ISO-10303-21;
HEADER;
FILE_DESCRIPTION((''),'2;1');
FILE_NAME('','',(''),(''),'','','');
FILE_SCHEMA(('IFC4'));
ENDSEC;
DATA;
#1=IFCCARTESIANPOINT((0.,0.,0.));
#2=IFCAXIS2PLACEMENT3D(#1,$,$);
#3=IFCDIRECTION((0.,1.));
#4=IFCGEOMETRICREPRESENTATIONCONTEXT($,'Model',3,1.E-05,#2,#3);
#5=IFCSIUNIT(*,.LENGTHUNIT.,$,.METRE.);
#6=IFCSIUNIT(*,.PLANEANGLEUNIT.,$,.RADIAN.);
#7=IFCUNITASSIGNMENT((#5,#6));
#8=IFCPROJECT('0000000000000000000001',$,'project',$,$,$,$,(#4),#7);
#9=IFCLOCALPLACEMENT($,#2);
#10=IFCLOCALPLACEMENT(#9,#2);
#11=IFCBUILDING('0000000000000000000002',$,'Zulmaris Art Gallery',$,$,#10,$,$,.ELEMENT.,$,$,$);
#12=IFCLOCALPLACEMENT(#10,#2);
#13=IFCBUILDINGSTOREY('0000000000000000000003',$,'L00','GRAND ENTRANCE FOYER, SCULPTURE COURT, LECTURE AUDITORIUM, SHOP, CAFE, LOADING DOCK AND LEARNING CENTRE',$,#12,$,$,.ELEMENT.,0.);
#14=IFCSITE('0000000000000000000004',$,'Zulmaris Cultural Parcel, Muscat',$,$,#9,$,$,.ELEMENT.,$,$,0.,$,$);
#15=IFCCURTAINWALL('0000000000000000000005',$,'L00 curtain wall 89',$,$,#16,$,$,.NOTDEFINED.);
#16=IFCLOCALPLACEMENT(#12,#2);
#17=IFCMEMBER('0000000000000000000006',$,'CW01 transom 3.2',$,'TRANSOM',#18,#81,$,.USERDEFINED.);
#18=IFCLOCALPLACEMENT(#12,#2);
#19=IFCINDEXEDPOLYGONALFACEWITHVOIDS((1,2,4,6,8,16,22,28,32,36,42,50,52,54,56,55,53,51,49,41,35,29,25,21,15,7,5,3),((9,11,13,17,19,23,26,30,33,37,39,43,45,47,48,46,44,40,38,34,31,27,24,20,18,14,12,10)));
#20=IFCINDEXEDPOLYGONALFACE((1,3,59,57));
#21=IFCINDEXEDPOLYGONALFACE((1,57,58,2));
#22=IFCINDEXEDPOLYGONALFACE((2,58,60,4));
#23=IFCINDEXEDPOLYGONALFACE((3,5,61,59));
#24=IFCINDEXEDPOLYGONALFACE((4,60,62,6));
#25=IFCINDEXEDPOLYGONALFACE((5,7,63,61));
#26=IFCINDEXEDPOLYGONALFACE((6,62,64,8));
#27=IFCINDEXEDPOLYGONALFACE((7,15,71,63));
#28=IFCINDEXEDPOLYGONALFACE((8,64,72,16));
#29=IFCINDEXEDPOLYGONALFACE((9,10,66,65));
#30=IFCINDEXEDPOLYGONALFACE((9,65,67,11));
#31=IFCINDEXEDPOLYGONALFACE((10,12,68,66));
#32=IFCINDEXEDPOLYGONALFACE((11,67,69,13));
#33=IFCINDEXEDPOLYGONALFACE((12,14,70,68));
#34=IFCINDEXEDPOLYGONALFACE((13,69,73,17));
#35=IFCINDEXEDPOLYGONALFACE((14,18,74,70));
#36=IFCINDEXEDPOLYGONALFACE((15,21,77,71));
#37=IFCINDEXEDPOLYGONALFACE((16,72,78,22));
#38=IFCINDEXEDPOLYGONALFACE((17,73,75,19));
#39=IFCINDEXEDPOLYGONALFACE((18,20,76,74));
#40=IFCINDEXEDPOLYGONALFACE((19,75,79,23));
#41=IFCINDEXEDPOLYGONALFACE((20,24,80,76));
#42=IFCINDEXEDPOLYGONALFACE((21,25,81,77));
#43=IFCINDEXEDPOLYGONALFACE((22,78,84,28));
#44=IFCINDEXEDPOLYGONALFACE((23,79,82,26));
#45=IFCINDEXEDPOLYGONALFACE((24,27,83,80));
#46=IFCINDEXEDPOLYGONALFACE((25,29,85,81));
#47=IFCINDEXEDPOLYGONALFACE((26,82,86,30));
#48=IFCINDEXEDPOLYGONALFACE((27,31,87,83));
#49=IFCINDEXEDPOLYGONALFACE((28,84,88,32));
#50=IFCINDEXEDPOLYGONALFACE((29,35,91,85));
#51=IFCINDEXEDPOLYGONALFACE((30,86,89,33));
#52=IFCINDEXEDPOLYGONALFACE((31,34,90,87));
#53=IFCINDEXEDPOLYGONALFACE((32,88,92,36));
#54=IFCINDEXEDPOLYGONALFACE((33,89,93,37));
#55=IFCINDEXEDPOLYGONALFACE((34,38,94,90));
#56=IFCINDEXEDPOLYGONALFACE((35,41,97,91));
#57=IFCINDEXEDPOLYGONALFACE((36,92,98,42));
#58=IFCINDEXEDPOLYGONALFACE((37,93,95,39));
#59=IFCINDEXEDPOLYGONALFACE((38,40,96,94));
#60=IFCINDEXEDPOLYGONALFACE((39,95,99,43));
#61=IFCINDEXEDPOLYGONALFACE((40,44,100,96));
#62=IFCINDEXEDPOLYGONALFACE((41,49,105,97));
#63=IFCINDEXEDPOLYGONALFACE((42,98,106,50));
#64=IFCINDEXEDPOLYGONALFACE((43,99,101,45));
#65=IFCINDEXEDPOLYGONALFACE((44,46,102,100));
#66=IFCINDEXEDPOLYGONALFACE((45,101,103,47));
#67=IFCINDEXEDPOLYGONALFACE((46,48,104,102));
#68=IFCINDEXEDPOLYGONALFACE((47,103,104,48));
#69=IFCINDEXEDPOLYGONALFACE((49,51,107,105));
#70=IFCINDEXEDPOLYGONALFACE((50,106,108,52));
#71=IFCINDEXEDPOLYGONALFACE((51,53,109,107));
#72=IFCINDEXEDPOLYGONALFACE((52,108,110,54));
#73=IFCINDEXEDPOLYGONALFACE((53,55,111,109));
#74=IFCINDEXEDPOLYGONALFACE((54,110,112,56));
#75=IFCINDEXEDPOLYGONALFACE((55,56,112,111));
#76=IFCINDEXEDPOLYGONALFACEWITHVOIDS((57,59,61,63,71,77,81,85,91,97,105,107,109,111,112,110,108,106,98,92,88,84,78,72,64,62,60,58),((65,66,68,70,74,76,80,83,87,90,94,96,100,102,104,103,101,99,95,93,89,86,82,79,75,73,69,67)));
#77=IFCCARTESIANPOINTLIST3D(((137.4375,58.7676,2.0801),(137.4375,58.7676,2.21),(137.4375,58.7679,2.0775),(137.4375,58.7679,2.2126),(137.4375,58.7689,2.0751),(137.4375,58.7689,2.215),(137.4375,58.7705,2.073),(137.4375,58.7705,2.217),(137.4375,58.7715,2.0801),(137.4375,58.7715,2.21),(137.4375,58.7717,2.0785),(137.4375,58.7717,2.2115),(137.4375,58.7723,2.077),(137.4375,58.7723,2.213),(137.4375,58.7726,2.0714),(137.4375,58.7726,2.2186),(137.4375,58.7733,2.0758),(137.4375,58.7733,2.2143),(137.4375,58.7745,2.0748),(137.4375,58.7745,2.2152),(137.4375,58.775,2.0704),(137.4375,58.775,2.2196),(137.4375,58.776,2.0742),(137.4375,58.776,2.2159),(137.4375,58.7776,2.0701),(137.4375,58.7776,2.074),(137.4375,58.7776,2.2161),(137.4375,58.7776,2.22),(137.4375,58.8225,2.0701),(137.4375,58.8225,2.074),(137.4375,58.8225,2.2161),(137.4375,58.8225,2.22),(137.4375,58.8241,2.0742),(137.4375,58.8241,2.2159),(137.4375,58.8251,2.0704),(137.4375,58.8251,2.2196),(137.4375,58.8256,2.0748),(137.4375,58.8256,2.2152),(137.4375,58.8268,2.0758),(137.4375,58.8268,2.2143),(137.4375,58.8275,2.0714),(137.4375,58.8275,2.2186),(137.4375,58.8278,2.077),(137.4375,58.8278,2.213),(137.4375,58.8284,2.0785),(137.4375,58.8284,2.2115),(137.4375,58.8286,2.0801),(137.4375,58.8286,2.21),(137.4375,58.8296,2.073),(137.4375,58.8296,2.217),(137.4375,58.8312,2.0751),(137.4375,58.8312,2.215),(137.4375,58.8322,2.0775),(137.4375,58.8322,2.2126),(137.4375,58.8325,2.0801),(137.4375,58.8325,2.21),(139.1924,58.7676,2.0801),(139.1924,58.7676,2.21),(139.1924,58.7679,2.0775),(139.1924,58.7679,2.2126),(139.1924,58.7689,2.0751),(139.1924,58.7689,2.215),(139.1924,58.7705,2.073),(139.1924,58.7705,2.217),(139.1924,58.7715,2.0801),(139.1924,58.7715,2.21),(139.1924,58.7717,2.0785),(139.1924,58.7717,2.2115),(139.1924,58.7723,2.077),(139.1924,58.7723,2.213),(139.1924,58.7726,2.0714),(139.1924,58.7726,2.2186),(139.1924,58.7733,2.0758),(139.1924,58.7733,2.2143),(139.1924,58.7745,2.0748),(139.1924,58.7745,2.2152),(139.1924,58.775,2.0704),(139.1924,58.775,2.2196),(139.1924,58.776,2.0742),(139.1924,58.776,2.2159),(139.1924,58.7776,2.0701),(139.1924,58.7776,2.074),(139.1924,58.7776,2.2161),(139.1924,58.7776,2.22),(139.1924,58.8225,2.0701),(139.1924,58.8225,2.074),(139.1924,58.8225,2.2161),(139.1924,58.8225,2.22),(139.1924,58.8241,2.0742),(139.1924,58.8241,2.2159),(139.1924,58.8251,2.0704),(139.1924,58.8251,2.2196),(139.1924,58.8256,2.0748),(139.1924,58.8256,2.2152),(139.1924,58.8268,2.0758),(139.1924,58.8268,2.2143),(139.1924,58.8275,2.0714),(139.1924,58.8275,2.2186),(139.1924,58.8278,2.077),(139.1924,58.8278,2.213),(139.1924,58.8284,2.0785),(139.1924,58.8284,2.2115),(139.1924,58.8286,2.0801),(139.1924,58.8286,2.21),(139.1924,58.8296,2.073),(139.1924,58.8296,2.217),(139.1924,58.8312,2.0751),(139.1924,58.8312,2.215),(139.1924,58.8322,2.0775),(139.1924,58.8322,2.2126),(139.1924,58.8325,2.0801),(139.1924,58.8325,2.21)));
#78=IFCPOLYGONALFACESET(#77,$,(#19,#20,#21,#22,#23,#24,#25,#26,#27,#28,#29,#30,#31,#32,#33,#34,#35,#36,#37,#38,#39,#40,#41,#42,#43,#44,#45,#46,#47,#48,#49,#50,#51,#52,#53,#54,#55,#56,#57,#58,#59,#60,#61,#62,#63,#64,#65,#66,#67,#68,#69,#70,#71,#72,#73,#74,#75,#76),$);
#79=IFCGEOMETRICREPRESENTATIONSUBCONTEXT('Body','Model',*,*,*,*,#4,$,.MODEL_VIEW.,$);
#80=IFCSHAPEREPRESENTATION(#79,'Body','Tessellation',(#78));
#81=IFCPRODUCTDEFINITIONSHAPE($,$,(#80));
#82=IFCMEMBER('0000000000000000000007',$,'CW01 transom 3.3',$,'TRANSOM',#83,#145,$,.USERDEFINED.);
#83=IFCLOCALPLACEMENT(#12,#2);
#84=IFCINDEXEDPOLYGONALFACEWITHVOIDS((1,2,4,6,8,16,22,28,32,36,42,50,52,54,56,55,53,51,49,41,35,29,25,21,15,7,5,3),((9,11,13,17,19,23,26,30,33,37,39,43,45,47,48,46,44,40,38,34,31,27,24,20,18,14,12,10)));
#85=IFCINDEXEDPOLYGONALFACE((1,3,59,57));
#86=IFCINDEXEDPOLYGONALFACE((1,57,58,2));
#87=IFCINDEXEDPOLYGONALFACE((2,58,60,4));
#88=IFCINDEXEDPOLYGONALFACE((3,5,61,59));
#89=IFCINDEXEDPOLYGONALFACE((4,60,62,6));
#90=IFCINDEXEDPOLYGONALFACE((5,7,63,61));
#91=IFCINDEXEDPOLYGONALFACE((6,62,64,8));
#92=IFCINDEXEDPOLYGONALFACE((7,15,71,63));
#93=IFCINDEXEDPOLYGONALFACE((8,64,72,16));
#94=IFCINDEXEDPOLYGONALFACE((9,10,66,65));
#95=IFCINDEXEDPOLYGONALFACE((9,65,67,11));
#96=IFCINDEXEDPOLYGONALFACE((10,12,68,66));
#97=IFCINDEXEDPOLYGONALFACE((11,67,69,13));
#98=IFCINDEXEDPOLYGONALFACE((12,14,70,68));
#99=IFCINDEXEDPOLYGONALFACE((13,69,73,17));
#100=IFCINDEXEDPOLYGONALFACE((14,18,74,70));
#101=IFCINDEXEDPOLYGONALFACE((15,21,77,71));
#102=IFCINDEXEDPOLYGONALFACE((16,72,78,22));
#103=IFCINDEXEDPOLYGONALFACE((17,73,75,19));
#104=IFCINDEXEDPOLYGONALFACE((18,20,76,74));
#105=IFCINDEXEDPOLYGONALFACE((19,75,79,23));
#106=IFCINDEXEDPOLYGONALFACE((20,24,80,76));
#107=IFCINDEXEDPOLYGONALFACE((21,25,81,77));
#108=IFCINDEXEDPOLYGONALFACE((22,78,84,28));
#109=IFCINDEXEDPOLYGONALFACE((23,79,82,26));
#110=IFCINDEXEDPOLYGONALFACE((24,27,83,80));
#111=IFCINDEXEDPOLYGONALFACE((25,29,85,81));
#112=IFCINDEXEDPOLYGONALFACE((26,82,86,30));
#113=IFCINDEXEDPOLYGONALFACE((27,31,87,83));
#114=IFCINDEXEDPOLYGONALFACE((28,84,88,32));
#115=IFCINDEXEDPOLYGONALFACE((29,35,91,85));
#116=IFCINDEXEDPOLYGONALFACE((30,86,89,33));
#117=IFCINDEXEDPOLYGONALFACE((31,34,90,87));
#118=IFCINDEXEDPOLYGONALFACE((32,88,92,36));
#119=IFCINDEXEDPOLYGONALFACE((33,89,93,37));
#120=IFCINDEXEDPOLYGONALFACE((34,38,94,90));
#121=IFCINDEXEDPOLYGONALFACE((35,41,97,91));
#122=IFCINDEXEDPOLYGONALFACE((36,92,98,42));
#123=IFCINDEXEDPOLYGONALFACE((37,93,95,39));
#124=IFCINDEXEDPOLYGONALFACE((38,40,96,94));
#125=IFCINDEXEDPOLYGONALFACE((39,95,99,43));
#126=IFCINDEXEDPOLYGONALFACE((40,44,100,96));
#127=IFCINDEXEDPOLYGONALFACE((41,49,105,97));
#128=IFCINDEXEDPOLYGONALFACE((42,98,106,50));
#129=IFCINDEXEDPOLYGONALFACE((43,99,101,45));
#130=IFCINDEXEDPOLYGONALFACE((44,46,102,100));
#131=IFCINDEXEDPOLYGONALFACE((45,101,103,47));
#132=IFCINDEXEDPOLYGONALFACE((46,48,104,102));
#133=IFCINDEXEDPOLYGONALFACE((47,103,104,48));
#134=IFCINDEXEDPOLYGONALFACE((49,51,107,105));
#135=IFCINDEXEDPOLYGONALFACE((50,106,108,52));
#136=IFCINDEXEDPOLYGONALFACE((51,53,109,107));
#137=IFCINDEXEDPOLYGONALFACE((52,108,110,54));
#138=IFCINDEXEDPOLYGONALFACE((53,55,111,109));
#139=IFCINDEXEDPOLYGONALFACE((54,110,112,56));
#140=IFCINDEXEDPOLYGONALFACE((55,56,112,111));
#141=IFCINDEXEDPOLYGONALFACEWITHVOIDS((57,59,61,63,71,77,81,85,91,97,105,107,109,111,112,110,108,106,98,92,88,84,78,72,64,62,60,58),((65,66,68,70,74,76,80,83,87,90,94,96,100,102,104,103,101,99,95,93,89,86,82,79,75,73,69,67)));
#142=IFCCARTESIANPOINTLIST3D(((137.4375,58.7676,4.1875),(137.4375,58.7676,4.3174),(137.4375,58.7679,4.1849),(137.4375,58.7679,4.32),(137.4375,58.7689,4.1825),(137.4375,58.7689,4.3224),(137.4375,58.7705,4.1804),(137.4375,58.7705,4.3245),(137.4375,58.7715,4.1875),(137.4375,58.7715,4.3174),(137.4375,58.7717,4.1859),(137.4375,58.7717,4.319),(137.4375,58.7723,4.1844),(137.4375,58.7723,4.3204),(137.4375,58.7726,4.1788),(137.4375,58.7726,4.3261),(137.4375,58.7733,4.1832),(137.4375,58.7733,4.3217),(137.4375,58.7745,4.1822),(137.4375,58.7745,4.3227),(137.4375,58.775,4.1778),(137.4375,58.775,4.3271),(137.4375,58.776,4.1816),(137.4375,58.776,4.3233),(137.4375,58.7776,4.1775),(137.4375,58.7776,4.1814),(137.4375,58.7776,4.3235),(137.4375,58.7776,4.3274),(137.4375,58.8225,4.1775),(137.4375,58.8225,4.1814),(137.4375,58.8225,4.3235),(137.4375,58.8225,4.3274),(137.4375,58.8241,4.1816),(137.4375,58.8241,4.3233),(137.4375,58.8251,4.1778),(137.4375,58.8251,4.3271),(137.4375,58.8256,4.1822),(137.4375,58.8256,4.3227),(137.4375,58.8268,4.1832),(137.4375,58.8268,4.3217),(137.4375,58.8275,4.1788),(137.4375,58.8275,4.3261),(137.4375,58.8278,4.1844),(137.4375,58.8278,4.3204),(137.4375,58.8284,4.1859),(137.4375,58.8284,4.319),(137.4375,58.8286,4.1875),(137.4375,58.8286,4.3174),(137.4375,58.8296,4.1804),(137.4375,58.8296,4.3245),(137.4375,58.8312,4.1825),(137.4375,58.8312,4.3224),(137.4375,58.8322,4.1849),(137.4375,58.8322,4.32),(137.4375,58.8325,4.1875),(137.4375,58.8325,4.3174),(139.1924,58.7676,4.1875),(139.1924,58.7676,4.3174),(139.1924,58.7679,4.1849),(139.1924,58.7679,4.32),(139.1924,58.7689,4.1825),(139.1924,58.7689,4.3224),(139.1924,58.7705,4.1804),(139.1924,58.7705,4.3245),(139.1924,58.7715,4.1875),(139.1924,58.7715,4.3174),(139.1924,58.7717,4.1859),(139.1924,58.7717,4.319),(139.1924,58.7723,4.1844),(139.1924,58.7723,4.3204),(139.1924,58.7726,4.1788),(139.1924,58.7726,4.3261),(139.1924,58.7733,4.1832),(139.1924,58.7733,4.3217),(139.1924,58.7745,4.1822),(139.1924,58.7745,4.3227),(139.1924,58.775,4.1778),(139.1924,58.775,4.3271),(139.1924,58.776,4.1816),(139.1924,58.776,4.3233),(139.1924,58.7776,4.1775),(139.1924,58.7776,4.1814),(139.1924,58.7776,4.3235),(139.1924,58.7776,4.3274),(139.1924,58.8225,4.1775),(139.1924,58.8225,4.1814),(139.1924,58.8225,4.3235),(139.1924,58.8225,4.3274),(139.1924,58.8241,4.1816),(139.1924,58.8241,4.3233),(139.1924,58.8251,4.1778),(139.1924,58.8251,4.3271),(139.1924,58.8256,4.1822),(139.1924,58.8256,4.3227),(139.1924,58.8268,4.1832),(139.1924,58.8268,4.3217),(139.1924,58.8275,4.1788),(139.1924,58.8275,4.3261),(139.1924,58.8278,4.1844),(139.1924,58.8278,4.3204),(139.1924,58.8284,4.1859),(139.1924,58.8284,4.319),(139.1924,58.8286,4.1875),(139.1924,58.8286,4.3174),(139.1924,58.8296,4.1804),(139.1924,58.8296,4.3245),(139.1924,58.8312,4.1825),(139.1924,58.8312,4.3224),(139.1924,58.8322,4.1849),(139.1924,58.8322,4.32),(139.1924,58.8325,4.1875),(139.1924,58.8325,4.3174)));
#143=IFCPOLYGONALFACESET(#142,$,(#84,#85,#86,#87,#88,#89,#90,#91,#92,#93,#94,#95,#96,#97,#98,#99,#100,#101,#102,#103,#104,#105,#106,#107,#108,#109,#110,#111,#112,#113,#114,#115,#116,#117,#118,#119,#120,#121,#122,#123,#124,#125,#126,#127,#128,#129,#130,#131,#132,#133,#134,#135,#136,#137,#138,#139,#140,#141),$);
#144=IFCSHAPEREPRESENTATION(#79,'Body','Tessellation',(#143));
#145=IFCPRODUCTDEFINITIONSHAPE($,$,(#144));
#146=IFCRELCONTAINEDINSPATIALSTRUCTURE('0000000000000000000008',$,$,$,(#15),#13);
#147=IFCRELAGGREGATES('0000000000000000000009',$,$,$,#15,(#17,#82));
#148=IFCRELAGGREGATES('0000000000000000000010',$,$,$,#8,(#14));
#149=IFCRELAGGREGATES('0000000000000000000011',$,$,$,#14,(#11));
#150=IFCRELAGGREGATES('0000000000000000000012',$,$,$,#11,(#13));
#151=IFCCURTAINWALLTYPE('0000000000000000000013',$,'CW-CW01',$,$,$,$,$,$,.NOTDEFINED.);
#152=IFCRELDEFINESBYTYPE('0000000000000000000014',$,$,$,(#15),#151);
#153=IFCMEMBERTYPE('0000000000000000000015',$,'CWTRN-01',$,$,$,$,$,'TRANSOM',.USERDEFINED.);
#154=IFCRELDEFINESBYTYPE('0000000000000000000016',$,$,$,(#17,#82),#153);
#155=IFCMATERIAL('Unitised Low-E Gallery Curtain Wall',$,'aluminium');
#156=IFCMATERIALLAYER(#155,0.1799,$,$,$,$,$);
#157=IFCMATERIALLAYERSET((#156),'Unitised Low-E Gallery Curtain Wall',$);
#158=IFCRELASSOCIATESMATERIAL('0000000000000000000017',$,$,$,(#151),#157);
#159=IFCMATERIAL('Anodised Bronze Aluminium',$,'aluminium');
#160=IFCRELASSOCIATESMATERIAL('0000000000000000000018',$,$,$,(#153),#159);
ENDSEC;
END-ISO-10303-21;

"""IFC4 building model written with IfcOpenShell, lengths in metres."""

from ifc_helpers import new_model, si_unit, direction, frame, origin, origin_2d, place, context, subcontext, project, spatial, hollow_rectangle, extrude, material, layer, layer_set, material_profile, profile_set, type_object, element, aggregate, save


model = new_model("IFC4")

# Units and contexts
model_context = context("Model", 3, precision=1e-05, world=origin(), true_north=direction((0.0, 1.0)))
body_context = subcontext(model_context, "Body", "Model", "MODEL_VIEW")
ifc_project = project(units=[si_unit("LENGTHUNIT", "METRE"), si_unit("PLANEANGLEUNIT", "RADIAN")], contexts=[model_context])

# Site, building, storey
site_placement = place(None, origin())
site = spatial("IfcSite", under=ifc_project, at=site_placement, Name="Zulmaris Cultural Parcel, Muscat", CompositionType="ELEMENT", RefElevation=0.0)
building_placement = place(site_placement, origin())
building = spatial("IfcBuilding", under=site, at=building_placement, Name="Zulmaris Art Gallery", CompositionType="ELEMENT")
storey_placement = place(building_placement, origin())
storey = spatial("IfcBuildingStorey", under=building, at=storey_placement, Name="L00", Description="GRAND ENTRANCE FOYER, SCULPTURE COURT, LECTURE AUDITORIUM, SHOP, CAFE, LOADING DOCK AND LEARNING CENTRE", CompositionType="ELEMENT", Elevation=0.0)

# Shared definitions
ifc_material_1 = material(Name="Unitised Low-E Gallery Curtain Wall", Category="aluminium")
ifc_layer_1 = layer(ifc_material_1, 0.1799)
ifc_layer_set_1 = layer_set([ifc_layer_1], Name="Unitised Low-E Gallery Curtain Wall")
curtain_wall_type = type_object("IfcCurtainWallType", Name="CW-CW01", PredefinedType="NOTDEFINED", material=ifc_layer_set_1)
ifc_material_2 = material(Name="Anodised Bronze Aluminium", Category="aluminium")

# Curtain wall, members
curtain_wall_1_placement = place(storey_placement, origin())
curtain_wall_1 = element("IfcCurtainWall", 1, at=curtain_wall_1_placement, inside=storey, type_object=curtain_wall_type, Name="L00 curtain wall 89", PredefinedType="NOTDEFINED")
ifc_material_profile_1 = material_profile(ifc_material_2, hollow_rectangle(XDim=0.0649, YDim=0.1499, WallThickness=0.0039, InnerFilletRadius=0.0061, OuterFilletRadius=0.01, at=origin_2d()), Name="ALU 65x150x4")
ifc_profile_set_1 = profile_set([ifc_material_profile_1], Name="Anodised Bronze Aluminium")
member_type_1 = type_object("IfcMemberType", Name="CWTRN-01", ElementType="TRANSOM", PredefinedType="USERDEFINED", material=ifc_profile_set_1)
member_1_placement = place(storey_placement, frame((137.4375, 58.8, 2.145), z_axis=(1.0, 0.0, 0.0), x_axis=(0.0, 1.0, 0.0)))
member_1 = element("IfcMember", 2, at=member_1_placement, type_object=member_type_1, Name="CW01 transom 3.2", ObjectType="TRANSOM", PredefinedType="USERDEFINED", context=body_context, shape_type="SweptSolid", body=[
    extrude(hollow_rectangle(XDim=0.0649, YDim=0.1499, WallThickness=0.0039, InnerFilletRadius=0.0061, OuterFilletRadius=0.01, at=origin_2d()), origin(), (0.0, 0.0, 1.0), 1.7549),
])
member_2_placement = place(storey_placement, frame((137.4375, 58.8, 4.2524), z_axis=(1.0, 0.0, 0.0), x_axis=(0.0, 1.0, 0.0)))
member_2 = element("IfcMember", 3, at=member_2_placement, type_object=member_type_1, Name="CW01 transom 3.3", ObjectType="TRANSOM", PredefinedType="USERDEFINED", context=body_context, shape_type="SweptSolid", body=[
    extrude(hollow_rectangle(XDim=0.0649, YDim=0.1499, WallThickness=0.0039, InnerFilletRadius=0.0061, OuterFilletRadius=0.01, at=origin_2d()), origin(), (0.0, 0.0, 1.0), 1.7549),
])
aggregate(curtain_wall_1, [member_1, member_2])

save(model, "model.ifc")
